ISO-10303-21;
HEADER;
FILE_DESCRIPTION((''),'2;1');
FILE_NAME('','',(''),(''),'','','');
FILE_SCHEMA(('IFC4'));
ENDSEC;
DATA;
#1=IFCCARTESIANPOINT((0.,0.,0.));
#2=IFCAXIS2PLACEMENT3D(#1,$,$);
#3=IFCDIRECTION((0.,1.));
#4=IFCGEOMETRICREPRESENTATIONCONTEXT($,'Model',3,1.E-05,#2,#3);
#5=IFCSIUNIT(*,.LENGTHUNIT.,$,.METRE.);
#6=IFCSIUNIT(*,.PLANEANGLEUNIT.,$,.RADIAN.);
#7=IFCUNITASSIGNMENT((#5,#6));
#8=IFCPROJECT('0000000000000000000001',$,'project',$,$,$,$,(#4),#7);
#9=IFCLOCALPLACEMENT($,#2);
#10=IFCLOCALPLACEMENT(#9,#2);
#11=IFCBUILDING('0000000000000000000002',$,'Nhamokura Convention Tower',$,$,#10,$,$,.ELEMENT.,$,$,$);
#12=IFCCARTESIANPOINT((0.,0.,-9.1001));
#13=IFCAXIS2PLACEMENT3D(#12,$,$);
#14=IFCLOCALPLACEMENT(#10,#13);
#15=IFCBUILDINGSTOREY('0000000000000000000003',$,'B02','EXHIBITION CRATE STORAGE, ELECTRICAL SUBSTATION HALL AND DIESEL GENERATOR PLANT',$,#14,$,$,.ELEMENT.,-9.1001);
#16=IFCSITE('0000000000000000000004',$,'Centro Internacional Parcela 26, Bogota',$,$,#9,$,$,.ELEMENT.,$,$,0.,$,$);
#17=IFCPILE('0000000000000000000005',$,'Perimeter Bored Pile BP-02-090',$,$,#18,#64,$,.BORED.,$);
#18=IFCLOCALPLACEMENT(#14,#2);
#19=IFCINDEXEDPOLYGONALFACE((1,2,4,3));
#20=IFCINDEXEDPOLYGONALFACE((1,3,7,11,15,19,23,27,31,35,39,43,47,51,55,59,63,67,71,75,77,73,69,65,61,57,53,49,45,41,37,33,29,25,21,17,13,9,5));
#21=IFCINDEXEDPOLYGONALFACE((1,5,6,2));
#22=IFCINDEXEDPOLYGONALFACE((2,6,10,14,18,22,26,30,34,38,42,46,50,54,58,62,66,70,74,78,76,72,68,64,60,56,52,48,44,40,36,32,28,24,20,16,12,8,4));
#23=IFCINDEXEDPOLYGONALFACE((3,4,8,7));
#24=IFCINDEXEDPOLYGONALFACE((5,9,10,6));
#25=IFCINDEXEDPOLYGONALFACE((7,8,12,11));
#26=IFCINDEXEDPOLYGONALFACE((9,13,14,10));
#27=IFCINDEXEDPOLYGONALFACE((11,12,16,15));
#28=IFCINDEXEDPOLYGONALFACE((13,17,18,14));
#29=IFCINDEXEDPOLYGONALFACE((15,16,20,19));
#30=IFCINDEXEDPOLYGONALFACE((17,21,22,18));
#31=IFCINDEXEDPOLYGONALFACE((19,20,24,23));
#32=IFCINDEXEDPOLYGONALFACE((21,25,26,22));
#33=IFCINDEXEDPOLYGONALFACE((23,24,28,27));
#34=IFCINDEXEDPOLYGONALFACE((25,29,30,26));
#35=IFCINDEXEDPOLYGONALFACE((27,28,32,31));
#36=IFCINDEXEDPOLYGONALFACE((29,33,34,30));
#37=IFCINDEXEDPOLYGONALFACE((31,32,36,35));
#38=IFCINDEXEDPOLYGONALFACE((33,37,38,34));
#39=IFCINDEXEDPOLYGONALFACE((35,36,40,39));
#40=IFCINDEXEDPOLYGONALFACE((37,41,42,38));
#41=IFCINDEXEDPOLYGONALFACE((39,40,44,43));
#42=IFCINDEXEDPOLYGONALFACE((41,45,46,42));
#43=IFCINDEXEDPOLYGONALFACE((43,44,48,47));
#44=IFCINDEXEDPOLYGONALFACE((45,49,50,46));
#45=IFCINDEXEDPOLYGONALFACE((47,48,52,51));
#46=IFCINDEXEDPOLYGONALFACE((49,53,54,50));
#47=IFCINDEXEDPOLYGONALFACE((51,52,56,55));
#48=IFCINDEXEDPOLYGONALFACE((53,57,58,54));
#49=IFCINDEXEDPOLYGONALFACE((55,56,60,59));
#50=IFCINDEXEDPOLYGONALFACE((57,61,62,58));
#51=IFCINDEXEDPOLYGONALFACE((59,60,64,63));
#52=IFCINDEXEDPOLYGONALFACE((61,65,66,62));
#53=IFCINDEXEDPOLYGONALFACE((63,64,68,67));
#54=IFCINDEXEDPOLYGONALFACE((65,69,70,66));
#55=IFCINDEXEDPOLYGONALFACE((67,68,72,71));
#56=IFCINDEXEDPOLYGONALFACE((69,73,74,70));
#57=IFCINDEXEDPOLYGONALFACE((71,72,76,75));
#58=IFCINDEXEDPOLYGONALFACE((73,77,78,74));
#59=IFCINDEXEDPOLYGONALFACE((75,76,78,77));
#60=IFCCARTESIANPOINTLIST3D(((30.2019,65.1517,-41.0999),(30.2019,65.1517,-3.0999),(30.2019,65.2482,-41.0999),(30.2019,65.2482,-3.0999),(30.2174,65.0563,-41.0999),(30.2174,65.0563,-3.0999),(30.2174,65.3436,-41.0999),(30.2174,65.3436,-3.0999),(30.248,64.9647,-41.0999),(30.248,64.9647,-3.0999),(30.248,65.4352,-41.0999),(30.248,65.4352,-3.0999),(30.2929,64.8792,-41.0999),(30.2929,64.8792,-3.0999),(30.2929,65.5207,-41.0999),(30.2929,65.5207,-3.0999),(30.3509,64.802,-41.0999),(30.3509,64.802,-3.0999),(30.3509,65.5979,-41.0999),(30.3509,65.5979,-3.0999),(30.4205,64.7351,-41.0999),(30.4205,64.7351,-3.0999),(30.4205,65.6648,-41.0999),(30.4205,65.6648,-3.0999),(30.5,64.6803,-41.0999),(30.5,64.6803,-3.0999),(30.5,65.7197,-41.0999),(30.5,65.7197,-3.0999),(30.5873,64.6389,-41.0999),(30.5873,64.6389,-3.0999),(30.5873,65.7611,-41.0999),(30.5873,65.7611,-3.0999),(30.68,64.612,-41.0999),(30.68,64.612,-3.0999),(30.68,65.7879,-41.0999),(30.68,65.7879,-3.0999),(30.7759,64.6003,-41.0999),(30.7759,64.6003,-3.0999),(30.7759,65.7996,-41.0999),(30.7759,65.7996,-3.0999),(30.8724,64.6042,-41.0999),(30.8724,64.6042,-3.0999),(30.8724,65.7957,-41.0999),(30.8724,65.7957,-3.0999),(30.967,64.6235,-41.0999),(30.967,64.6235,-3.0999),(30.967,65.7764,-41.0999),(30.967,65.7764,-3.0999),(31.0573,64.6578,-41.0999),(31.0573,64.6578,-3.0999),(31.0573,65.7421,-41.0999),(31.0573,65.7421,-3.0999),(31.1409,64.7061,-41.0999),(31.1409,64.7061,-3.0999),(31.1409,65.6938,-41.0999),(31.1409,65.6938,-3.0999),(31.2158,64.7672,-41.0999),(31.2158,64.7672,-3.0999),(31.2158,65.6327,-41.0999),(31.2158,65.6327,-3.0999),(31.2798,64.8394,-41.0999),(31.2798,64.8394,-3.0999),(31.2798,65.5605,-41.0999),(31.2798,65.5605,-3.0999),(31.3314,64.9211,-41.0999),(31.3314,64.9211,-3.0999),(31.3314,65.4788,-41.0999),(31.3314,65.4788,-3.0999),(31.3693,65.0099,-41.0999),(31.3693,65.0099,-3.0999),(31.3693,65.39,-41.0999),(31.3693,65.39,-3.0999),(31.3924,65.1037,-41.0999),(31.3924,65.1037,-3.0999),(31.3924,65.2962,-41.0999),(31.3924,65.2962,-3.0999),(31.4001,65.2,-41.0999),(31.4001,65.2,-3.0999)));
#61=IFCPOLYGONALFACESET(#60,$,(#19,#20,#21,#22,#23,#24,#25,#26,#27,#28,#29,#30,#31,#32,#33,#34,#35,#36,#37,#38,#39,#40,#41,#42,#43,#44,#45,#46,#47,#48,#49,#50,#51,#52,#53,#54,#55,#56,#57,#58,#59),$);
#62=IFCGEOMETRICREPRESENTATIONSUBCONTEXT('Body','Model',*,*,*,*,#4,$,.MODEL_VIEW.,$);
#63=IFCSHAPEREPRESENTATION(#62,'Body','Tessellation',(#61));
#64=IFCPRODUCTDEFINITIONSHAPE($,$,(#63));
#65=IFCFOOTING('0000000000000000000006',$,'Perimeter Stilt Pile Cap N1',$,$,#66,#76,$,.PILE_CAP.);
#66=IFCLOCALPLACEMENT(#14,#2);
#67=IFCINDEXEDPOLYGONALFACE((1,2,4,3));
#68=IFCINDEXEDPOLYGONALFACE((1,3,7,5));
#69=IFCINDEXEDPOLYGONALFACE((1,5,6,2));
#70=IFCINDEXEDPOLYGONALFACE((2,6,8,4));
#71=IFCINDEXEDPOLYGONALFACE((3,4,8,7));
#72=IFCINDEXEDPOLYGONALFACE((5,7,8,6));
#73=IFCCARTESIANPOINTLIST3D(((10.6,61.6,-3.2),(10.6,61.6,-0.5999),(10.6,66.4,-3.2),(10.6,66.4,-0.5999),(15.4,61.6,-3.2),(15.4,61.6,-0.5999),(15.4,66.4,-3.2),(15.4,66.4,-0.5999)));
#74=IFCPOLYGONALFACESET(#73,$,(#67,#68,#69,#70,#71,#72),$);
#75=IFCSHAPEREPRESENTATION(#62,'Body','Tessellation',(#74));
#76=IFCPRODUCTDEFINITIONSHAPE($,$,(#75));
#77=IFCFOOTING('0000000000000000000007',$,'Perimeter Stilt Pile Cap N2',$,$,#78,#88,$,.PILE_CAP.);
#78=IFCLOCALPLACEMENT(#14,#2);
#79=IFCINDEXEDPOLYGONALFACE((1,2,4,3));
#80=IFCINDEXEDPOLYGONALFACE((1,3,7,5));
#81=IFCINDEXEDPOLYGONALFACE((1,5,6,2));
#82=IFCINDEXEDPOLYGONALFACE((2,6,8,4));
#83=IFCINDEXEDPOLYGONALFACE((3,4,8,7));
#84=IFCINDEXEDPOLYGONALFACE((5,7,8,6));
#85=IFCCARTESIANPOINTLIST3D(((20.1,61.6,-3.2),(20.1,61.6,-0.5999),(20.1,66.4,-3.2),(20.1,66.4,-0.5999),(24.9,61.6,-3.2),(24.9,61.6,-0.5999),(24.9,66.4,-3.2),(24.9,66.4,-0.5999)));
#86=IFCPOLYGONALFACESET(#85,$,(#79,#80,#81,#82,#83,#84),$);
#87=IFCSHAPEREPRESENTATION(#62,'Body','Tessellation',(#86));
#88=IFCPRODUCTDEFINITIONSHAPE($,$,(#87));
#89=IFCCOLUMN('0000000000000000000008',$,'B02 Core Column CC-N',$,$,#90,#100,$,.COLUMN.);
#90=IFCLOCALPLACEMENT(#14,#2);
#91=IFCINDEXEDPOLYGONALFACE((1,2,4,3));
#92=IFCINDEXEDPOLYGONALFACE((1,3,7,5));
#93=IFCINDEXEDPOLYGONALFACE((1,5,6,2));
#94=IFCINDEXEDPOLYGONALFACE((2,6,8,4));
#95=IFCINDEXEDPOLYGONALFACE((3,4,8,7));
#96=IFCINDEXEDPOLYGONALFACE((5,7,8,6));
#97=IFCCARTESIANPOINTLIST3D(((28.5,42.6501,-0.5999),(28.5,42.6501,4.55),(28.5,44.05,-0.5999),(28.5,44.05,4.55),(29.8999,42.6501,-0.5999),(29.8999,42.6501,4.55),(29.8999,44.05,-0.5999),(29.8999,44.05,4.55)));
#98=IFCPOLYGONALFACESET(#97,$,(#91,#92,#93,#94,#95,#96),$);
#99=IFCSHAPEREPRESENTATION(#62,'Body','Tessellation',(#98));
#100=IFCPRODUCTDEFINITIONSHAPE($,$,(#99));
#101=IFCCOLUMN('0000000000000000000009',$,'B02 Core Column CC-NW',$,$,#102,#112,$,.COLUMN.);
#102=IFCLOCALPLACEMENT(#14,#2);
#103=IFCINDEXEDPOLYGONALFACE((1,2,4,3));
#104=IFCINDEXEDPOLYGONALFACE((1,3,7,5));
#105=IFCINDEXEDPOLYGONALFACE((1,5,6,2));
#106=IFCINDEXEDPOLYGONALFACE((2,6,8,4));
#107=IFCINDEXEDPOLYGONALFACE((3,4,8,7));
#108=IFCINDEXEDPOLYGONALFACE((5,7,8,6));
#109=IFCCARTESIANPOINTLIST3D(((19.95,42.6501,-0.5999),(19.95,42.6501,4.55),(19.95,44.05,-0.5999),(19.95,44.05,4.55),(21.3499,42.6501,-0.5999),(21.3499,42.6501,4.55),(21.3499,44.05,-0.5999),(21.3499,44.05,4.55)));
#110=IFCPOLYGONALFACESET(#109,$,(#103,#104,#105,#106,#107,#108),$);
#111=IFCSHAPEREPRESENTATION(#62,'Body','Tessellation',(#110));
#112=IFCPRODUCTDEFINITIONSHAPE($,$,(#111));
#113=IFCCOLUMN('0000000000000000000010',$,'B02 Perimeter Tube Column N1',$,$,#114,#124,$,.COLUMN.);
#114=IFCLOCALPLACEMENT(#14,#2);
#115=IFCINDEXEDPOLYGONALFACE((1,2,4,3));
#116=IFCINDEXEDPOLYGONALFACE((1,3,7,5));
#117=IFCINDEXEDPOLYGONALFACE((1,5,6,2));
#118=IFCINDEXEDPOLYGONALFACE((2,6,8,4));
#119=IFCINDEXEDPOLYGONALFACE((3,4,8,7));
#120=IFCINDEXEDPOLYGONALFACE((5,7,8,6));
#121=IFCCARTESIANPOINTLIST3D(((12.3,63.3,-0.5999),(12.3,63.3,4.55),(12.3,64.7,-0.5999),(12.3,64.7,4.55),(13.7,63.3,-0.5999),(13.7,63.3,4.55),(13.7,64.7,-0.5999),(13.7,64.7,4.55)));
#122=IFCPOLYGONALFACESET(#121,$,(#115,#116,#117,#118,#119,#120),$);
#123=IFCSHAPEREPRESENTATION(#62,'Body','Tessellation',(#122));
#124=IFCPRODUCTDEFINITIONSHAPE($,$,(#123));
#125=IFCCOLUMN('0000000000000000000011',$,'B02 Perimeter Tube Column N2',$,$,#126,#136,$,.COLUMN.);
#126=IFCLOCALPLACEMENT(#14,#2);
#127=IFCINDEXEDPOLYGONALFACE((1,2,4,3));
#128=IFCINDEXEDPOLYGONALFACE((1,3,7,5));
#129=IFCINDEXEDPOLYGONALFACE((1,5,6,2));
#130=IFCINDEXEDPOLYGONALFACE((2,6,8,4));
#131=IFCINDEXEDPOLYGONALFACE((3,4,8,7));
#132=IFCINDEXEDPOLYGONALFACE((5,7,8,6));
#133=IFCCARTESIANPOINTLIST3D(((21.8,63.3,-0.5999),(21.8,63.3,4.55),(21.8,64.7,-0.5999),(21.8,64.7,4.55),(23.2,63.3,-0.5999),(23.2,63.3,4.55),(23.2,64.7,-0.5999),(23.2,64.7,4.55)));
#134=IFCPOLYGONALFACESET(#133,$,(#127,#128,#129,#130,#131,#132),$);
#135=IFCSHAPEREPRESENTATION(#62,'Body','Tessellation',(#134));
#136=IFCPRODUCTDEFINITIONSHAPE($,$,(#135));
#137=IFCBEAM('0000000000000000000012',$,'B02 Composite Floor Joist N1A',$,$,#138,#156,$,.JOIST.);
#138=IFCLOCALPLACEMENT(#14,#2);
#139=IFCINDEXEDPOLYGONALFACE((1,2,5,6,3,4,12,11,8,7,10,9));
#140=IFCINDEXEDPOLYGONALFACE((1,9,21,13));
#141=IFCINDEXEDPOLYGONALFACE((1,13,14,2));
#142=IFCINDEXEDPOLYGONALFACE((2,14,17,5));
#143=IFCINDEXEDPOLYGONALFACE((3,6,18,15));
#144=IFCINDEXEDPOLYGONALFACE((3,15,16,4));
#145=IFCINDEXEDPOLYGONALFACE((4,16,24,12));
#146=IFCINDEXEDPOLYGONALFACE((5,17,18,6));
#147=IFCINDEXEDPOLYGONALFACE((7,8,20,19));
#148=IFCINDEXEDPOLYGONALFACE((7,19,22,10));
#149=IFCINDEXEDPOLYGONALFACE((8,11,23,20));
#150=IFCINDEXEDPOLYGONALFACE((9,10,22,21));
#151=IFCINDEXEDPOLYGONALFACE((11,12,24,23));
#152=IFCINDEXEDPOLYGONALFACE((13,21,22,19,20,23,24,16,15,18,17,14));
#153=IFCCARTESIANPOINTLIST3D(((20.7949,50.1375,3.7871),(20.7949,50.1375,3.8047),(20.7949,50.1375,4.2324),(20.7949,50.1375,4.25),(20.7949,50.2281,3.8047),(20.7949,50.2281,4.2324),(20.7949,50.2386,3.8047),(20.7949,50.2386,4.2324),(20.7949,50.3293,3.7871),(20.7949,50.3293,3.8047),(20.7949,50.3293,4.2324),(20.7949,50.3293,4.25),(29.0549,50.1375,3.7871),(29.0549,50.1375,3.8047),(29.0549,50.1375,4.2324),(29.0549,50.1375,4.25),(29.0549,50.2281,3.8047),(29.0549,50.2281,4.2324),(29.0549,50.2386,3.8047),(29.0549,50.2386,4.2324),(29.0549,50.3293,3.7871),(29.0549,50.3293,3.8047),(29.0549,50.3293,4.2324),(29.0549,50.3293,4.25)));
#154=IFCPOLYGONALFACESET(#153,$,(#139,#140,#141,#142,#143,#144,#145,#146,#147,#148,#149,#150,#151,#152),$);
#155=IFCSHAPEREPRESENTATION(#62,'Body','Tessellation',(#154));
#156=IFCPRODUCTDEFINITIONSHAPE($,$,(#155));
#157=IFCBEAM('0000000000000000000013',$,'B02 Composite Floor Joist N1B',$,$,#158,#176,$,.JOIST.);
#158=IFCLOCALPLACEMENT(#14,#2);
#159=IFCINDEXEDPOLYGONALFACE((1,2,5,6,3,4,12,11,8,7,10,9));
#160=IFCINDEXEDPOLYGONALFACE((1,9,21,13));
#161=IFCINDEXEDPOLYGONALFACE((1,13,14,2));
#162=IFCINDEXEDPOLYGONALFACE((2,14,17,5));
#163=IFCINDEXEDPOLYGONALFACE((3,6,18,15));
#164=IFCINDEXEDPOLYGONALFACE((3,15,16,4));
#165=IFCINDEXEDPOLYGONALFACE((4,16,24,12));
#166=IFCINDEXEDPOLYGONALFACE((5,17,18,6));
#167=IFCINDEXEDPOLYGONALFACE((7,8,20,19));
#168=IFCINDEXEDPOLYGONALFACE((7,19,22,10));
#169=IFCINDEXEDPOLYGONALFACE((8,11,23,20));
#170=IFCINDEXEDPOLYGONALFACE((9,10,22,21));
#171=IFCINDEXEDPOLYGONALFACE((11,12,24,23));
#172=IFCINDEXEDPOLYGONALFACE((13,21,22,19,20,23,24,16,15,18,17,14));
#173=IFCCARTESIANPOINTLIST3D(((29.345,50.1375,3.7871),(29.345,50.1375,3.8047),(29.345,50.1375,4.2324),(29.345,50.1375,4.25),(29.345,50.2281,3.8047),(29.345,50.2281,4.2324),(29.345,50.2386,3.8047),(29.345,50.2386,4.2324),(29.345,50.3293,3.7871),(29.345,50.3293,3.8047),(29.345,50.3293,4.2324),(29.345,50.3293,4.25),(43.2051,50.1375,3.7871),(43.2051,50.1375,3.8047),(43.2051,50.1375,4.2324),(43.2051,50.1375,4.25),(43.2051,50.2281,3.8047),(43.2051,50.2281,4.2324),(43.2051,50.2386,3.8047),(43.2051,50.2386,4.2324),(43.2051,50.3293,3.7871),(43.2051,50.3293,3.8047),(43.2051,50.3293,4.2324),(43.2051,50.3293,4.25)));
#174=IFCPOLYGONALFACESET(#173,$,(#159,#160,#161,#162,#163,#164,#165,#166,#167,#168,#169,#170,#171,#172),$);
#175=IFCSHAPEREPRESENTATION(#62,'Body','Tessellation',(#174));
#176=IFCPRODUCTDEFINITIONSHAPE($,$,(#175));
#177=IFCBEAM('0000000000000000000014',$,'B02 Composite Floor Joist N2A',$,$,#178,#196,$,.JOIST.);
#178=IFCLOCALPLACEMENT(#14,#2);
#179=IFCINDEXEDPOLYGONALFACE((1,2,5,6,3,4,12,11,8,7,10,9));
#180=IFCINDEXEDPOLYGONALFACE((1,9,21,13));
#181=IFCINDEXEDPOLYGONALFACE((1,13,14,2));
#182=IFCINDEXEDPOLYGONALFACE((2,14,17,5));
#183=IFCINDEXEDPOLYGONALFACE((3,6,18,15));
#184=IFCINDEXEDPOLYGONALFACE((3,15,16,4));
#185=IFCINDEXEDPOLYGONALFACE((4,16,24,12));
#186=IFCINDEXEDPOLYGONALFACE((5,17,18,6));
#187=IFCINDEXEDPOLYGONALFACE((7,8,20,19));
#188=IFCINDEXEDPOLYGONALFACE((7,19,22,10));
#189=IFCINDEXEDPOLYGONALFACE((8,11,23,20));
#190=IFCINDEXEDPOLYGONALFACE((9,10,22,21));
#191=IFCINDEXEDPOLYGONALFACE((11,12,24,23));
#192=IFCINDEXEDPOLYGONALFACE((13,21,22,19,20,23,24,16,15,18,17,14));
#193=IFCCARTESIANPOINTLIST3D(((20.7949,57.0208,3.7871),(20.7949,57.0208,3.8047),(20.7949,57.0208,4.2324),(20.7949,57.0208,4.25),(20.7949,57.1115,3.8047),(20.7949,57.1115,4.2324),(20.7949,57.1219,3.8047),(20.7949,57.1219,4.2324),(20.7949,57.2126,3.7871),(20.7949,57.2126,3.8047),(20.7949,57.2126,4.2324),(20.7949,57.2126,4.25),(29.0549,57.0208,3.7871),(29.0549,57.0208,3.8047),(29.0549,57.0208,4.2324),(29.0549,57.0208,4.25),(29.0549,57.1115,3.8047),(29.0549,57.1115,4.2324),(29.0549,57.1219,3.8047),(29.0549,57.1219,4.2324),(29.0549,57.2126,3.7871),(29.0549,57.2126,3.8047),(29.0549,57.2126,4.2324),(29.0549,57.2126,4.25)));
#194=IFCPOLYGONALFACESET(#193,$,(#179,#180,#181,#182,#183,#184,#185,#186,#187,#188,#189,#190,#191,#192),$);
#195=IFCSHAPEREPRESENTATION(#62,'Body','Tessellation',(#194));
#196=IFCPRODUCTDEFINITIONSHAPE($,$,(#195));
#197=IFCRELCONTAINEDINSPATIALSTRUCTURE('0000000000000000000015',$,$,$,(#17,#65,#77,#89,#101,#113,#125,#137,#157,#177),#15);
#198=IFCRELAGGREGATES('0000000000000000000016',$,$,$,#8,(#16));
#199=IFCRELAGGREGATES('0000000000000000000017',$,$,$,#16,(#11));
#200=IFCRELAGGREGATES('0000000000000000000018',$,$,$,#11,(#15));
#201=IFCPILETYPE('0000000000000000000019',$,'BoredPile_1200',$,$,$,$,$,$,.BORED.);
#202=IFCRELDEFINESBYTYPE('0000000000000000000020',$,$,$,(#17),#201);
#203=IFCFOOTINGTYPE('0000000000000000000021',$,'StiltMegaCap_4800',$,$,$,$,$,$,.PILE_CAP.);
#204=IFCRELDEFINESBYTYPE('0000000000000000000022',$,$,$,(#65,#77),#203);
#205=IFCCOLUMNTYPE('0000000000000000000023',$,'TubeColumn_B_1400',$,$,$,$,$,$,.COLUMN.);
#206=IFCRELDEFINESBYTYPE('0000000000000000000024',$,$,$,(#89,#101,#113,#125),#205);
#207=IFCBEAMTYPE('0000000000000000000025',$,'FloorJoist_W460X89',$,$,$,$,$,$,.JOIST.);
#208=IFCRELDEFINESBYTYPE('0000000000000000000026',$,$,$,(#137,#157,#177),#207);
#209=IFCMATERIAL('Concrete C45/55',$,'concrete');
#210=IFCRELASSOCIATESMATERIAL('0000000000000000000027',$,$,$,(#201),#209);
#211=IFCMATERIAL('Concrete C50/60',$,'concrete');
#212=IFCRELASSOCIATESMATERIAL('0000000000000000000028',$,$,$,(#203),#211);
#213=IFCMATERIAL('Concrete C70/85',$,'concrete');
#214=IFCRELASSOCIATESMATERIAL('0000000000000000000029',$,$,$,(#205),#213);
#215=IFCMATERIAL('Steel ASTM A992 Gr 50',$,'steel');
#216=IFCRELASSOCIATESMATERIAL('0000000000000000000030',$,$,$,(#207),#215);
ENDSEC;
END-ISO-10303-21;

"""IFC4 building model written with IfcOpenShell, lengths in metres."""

from ifc_helpers import new_model, si_unit, direction, frame, origin, origin_2d, place, context, subcontext, project, spatial, rectangle, circle, i_section, extrude, material, material_profile, profile_set, type_object, element, save


model = new_model("IFC4")

# Units and contexts
model_context = context("Model", 3, precision=1e-05, world=origin(), true_north=direction((0.0, 1.0)))
body_context = subcontext(model_context, "Body", "Model", "MODEL_VIEW")
ifc_project = project(units=[si_unit("LENGTHUNIT", "METRE"), si_unit("PLANEANGLEUNIT", "RADIAN")], contexts=[model_context])

# Site, building, storey
site_placement = place(None, origin())
site = spatial("IfcSite", under=ifc_project, at=site_placement, Name="Centro Internacional Parcela 26, Bogota", CompositionType="ELEMENT", RefElevation=0.0)
building_placement = place(site_placement, origin())
building = spatial("IfcBuilding", under=site, at=building_placement, Name="Nhamokura Convention Tower", CompositionType="ELEMENT")
storey_placement = place(building_placement, frame((0.0, 0.0, -9.1001)))
storey = spatial("IfcBuildingStorey", under=building, at=storey_placement, Name="B02", Description="EXHIBITION CRATE STORAGE, ELECTRICAL SUBSTATION HALL AND DIESEL GENERATOR PLANT", CompositionType="ELEMENT", Elevation=-9.1001)

# Pile
ifc_material_1 = material(Name="Concrete C45/55", Category="concrete")
ifc_material_profile_1 = material_profile(ifc_material_1, circle(Radius=0.6001, at=origin_2d()))
ifc_profile_set_1 = profile_set([ifc_material_profile_1], Name="Concrete C45/55")
pile_type = type_object("IfcPileType", Name="BoredPile_1200", PredefinedType="BORED", material=ifc_profile_set_1)
for number, where, z_axis, x_axis, name in (
    (1, (30.8, 65.2, -3.0999), (0.0, 0.0, -1.0), (1.0, 0.0, 0.0), "Perimeter Bored Pile BP-02-090"),
):
    element("IfcPile", number, at=place(storey_placement, frame(where, z_axis=z_axis, x_axis=x_axis)), inside=storey, type_object=pile_type, Name=name, PredefinedType="BORED", context=body_context, shape_type="SweptSolid", body=[
        extrude(circle(Radius=0.6001, at=origin_2d()), origin(), (0.0, 0.0, 1.0), 38.0),
    ])

# Footings
ifc_material_2 = material(Name="Concrete C50/60", Category="concrete")
footing_type = type_object("IfcFootingType", Name="StiltMegaCap_4800", PredefinedType="PILE_CAP", material=ifc_material_2)
for number, where, z_axis, x_axis, name in (
    (2, (13.0, 64.0, -3.2), (0.0, 0.0, 1.0), (1.0, 0.0, 0.0), "Perimeter Stilt Pile Cap N1"),
    (3, (22.5, 64.0, -3.2), (0.0, 0.0, 1.0), (1.0, 0.0, 0.0), "Perimeter Stilt Pile Cap N2"),
):
    element("IfcFooting", number, at=place(storey_placement, frame(where, z_axis=z_axis, x_axis=x_axis)), inside=storey, type_object=footing_type, Name=name, PredefinedType="PILE_CAP", context=body_context, shape_type="SweptSolid", body=[
        extrude(rectangle(XDim=4.8, YDim=4.8, at=origin_2d()), origin(), (0.0, 0.0, 1.0), 2.6001),
    ])

# Columns
ifc_material_3 = material(Name="Concrete C70/85", Category="concrete")
ifc_material_profile_2 = material_profile(ifc_material_3, rectangle(XDim=1.3999, YDim=1.3999, at=origin_2d()))
ifc_profile_set_2 = profile_set([ifc_material_profile_2], Name="Concrete C70/85")
column_type = type_object("IfcColumnType", Name="TubeColumn_B_1400", PredefinedType="COLUMN", material=ifc_profile_set_2)
for number, where, z_axis, x_axis, name in (
    (4, (29.2, 43.3501, -0.5999), (0.0, 0.0, 1.0), (1.0, 0.0, 0.0), "B02 Core Column CC-N"),
    (5, (20.6499, 43.3501, -0.5999), (0.0, 0.0, 1.0), (1.0, 0.0, 0.0), "B02 Core Column CC-NW"),
    (6, (13.0, 64.0, -0.5999), (0.0, 0.0, 1.0), (1.0, 0.0, 0.0), "B02 Perimeter Tube Column N1"),
    (7, (22.5, 64.0, -0.5999), (0.0, 0.0, 1.0), (1.0, 0.0, 0.0), "B02 Perimeter Tube Column N2"),
):
    element("IfcColumn", number, at=place(storey_placement, frame(where, z_axis=z_axis, x_axis=x_axis)), inside=storey, type_object=column_type, Name=name, PredefinedType="COLUMN", context=body_context, shape_type="SweptSolid", body=[
        extrude(rectangle(XDim=1.3999, YDim=1.3999, at=origin_2d()), origin(), (0.0, 0.0, 1.0), 5.1499),
    ])

# Beams
ifc_material_4 = material(Name="Steel ASTM A992 Gr 50", Category="steel")
ifc_material_profile_3 = material_profile(ifc_material_4, i_section(OverallWidth=0.1919, OverallDepth=0.4629, WebThickness=0.0105, FlangeThickness=0.0176, at=origin_2d()))
ifc_profile_set_3 = profile_set([ifc_material_profile_3], Name="Steel ASTM A992 Gr 50")
beam_type_1 = type_object("IfcBeamType", Name="FloorJoist_W460X89", PredefinedType="JOIST", material=ifc_profile_set_3)
beam_1_placement = place(storey_placement, frame((20.7949, 50.2334, 4.0186), z_axis=(1.0, 0.0, 0.0), x_axis=(0.0, 1.0, 0.0)))
element("IfcBeam", 8, at=beam_1_placement, inside=storey, type_object=beam_type_1, Name="B02 Composite Floor Joist N1A", PredefinedType="JOIST", context=body_context, shape_type="SweptSolid", body=[
    extrude(i_section(OverallWidth=0.1919, OverallDepth=0.4629, WebThickness=0.0105, FlangeThickness=0.0176, at=origin_2d()), origin(), (0.0, 0.0, 1.0), 8.26),
])
beam_2_placement = place(storey_placement, frame((29.345, 50.2334, 4.0186), z_axis=(1.0, 0.0, 0.0), x_axis=(0.0, 1.0, 0.0)))
element("IfcBeam", 9, at=beam_2_placement, inside=storey, type_object=beam_type_1, Name="B02 Composite Floor Joist N1B", PredefinedType="JOIST", context=body_context, shape_type="SweptSolid", body=[
    extrude(i_section(OverallWidth=0.1919, OverallDepth=0.4629, WebThickness=0.0105, FlangeThickness=0.0176, at=origin_2d()), origin(), (0.0, 0.0, 1.0), 13.8601),
])
beam_3_placement = place(storey_placement, frame((20.7949, 57.1167, 4.0186), z_axis=(1.0, 0.0, 0.0), x_axis=(0.0, 1.0, 0.0)))
element("IfcBeam", 10, at=beam_3_placement, inside=storey, type_object=beam_type_1, Name="B02 Composite Floor Joist N2A", PredefinedType="JOIST", context=body_context, shape_type="SweptSolid", body=[
    extrude(i_section(OverallWidth=0.1919, OverallDepth=0.4629, WebThickness=0.0105, FlangeThickness=0.0176, at=origin_2d()), origin(), (0.0, 0.0, 1.0), 8.26),
])

save(model, "model.ifc")
